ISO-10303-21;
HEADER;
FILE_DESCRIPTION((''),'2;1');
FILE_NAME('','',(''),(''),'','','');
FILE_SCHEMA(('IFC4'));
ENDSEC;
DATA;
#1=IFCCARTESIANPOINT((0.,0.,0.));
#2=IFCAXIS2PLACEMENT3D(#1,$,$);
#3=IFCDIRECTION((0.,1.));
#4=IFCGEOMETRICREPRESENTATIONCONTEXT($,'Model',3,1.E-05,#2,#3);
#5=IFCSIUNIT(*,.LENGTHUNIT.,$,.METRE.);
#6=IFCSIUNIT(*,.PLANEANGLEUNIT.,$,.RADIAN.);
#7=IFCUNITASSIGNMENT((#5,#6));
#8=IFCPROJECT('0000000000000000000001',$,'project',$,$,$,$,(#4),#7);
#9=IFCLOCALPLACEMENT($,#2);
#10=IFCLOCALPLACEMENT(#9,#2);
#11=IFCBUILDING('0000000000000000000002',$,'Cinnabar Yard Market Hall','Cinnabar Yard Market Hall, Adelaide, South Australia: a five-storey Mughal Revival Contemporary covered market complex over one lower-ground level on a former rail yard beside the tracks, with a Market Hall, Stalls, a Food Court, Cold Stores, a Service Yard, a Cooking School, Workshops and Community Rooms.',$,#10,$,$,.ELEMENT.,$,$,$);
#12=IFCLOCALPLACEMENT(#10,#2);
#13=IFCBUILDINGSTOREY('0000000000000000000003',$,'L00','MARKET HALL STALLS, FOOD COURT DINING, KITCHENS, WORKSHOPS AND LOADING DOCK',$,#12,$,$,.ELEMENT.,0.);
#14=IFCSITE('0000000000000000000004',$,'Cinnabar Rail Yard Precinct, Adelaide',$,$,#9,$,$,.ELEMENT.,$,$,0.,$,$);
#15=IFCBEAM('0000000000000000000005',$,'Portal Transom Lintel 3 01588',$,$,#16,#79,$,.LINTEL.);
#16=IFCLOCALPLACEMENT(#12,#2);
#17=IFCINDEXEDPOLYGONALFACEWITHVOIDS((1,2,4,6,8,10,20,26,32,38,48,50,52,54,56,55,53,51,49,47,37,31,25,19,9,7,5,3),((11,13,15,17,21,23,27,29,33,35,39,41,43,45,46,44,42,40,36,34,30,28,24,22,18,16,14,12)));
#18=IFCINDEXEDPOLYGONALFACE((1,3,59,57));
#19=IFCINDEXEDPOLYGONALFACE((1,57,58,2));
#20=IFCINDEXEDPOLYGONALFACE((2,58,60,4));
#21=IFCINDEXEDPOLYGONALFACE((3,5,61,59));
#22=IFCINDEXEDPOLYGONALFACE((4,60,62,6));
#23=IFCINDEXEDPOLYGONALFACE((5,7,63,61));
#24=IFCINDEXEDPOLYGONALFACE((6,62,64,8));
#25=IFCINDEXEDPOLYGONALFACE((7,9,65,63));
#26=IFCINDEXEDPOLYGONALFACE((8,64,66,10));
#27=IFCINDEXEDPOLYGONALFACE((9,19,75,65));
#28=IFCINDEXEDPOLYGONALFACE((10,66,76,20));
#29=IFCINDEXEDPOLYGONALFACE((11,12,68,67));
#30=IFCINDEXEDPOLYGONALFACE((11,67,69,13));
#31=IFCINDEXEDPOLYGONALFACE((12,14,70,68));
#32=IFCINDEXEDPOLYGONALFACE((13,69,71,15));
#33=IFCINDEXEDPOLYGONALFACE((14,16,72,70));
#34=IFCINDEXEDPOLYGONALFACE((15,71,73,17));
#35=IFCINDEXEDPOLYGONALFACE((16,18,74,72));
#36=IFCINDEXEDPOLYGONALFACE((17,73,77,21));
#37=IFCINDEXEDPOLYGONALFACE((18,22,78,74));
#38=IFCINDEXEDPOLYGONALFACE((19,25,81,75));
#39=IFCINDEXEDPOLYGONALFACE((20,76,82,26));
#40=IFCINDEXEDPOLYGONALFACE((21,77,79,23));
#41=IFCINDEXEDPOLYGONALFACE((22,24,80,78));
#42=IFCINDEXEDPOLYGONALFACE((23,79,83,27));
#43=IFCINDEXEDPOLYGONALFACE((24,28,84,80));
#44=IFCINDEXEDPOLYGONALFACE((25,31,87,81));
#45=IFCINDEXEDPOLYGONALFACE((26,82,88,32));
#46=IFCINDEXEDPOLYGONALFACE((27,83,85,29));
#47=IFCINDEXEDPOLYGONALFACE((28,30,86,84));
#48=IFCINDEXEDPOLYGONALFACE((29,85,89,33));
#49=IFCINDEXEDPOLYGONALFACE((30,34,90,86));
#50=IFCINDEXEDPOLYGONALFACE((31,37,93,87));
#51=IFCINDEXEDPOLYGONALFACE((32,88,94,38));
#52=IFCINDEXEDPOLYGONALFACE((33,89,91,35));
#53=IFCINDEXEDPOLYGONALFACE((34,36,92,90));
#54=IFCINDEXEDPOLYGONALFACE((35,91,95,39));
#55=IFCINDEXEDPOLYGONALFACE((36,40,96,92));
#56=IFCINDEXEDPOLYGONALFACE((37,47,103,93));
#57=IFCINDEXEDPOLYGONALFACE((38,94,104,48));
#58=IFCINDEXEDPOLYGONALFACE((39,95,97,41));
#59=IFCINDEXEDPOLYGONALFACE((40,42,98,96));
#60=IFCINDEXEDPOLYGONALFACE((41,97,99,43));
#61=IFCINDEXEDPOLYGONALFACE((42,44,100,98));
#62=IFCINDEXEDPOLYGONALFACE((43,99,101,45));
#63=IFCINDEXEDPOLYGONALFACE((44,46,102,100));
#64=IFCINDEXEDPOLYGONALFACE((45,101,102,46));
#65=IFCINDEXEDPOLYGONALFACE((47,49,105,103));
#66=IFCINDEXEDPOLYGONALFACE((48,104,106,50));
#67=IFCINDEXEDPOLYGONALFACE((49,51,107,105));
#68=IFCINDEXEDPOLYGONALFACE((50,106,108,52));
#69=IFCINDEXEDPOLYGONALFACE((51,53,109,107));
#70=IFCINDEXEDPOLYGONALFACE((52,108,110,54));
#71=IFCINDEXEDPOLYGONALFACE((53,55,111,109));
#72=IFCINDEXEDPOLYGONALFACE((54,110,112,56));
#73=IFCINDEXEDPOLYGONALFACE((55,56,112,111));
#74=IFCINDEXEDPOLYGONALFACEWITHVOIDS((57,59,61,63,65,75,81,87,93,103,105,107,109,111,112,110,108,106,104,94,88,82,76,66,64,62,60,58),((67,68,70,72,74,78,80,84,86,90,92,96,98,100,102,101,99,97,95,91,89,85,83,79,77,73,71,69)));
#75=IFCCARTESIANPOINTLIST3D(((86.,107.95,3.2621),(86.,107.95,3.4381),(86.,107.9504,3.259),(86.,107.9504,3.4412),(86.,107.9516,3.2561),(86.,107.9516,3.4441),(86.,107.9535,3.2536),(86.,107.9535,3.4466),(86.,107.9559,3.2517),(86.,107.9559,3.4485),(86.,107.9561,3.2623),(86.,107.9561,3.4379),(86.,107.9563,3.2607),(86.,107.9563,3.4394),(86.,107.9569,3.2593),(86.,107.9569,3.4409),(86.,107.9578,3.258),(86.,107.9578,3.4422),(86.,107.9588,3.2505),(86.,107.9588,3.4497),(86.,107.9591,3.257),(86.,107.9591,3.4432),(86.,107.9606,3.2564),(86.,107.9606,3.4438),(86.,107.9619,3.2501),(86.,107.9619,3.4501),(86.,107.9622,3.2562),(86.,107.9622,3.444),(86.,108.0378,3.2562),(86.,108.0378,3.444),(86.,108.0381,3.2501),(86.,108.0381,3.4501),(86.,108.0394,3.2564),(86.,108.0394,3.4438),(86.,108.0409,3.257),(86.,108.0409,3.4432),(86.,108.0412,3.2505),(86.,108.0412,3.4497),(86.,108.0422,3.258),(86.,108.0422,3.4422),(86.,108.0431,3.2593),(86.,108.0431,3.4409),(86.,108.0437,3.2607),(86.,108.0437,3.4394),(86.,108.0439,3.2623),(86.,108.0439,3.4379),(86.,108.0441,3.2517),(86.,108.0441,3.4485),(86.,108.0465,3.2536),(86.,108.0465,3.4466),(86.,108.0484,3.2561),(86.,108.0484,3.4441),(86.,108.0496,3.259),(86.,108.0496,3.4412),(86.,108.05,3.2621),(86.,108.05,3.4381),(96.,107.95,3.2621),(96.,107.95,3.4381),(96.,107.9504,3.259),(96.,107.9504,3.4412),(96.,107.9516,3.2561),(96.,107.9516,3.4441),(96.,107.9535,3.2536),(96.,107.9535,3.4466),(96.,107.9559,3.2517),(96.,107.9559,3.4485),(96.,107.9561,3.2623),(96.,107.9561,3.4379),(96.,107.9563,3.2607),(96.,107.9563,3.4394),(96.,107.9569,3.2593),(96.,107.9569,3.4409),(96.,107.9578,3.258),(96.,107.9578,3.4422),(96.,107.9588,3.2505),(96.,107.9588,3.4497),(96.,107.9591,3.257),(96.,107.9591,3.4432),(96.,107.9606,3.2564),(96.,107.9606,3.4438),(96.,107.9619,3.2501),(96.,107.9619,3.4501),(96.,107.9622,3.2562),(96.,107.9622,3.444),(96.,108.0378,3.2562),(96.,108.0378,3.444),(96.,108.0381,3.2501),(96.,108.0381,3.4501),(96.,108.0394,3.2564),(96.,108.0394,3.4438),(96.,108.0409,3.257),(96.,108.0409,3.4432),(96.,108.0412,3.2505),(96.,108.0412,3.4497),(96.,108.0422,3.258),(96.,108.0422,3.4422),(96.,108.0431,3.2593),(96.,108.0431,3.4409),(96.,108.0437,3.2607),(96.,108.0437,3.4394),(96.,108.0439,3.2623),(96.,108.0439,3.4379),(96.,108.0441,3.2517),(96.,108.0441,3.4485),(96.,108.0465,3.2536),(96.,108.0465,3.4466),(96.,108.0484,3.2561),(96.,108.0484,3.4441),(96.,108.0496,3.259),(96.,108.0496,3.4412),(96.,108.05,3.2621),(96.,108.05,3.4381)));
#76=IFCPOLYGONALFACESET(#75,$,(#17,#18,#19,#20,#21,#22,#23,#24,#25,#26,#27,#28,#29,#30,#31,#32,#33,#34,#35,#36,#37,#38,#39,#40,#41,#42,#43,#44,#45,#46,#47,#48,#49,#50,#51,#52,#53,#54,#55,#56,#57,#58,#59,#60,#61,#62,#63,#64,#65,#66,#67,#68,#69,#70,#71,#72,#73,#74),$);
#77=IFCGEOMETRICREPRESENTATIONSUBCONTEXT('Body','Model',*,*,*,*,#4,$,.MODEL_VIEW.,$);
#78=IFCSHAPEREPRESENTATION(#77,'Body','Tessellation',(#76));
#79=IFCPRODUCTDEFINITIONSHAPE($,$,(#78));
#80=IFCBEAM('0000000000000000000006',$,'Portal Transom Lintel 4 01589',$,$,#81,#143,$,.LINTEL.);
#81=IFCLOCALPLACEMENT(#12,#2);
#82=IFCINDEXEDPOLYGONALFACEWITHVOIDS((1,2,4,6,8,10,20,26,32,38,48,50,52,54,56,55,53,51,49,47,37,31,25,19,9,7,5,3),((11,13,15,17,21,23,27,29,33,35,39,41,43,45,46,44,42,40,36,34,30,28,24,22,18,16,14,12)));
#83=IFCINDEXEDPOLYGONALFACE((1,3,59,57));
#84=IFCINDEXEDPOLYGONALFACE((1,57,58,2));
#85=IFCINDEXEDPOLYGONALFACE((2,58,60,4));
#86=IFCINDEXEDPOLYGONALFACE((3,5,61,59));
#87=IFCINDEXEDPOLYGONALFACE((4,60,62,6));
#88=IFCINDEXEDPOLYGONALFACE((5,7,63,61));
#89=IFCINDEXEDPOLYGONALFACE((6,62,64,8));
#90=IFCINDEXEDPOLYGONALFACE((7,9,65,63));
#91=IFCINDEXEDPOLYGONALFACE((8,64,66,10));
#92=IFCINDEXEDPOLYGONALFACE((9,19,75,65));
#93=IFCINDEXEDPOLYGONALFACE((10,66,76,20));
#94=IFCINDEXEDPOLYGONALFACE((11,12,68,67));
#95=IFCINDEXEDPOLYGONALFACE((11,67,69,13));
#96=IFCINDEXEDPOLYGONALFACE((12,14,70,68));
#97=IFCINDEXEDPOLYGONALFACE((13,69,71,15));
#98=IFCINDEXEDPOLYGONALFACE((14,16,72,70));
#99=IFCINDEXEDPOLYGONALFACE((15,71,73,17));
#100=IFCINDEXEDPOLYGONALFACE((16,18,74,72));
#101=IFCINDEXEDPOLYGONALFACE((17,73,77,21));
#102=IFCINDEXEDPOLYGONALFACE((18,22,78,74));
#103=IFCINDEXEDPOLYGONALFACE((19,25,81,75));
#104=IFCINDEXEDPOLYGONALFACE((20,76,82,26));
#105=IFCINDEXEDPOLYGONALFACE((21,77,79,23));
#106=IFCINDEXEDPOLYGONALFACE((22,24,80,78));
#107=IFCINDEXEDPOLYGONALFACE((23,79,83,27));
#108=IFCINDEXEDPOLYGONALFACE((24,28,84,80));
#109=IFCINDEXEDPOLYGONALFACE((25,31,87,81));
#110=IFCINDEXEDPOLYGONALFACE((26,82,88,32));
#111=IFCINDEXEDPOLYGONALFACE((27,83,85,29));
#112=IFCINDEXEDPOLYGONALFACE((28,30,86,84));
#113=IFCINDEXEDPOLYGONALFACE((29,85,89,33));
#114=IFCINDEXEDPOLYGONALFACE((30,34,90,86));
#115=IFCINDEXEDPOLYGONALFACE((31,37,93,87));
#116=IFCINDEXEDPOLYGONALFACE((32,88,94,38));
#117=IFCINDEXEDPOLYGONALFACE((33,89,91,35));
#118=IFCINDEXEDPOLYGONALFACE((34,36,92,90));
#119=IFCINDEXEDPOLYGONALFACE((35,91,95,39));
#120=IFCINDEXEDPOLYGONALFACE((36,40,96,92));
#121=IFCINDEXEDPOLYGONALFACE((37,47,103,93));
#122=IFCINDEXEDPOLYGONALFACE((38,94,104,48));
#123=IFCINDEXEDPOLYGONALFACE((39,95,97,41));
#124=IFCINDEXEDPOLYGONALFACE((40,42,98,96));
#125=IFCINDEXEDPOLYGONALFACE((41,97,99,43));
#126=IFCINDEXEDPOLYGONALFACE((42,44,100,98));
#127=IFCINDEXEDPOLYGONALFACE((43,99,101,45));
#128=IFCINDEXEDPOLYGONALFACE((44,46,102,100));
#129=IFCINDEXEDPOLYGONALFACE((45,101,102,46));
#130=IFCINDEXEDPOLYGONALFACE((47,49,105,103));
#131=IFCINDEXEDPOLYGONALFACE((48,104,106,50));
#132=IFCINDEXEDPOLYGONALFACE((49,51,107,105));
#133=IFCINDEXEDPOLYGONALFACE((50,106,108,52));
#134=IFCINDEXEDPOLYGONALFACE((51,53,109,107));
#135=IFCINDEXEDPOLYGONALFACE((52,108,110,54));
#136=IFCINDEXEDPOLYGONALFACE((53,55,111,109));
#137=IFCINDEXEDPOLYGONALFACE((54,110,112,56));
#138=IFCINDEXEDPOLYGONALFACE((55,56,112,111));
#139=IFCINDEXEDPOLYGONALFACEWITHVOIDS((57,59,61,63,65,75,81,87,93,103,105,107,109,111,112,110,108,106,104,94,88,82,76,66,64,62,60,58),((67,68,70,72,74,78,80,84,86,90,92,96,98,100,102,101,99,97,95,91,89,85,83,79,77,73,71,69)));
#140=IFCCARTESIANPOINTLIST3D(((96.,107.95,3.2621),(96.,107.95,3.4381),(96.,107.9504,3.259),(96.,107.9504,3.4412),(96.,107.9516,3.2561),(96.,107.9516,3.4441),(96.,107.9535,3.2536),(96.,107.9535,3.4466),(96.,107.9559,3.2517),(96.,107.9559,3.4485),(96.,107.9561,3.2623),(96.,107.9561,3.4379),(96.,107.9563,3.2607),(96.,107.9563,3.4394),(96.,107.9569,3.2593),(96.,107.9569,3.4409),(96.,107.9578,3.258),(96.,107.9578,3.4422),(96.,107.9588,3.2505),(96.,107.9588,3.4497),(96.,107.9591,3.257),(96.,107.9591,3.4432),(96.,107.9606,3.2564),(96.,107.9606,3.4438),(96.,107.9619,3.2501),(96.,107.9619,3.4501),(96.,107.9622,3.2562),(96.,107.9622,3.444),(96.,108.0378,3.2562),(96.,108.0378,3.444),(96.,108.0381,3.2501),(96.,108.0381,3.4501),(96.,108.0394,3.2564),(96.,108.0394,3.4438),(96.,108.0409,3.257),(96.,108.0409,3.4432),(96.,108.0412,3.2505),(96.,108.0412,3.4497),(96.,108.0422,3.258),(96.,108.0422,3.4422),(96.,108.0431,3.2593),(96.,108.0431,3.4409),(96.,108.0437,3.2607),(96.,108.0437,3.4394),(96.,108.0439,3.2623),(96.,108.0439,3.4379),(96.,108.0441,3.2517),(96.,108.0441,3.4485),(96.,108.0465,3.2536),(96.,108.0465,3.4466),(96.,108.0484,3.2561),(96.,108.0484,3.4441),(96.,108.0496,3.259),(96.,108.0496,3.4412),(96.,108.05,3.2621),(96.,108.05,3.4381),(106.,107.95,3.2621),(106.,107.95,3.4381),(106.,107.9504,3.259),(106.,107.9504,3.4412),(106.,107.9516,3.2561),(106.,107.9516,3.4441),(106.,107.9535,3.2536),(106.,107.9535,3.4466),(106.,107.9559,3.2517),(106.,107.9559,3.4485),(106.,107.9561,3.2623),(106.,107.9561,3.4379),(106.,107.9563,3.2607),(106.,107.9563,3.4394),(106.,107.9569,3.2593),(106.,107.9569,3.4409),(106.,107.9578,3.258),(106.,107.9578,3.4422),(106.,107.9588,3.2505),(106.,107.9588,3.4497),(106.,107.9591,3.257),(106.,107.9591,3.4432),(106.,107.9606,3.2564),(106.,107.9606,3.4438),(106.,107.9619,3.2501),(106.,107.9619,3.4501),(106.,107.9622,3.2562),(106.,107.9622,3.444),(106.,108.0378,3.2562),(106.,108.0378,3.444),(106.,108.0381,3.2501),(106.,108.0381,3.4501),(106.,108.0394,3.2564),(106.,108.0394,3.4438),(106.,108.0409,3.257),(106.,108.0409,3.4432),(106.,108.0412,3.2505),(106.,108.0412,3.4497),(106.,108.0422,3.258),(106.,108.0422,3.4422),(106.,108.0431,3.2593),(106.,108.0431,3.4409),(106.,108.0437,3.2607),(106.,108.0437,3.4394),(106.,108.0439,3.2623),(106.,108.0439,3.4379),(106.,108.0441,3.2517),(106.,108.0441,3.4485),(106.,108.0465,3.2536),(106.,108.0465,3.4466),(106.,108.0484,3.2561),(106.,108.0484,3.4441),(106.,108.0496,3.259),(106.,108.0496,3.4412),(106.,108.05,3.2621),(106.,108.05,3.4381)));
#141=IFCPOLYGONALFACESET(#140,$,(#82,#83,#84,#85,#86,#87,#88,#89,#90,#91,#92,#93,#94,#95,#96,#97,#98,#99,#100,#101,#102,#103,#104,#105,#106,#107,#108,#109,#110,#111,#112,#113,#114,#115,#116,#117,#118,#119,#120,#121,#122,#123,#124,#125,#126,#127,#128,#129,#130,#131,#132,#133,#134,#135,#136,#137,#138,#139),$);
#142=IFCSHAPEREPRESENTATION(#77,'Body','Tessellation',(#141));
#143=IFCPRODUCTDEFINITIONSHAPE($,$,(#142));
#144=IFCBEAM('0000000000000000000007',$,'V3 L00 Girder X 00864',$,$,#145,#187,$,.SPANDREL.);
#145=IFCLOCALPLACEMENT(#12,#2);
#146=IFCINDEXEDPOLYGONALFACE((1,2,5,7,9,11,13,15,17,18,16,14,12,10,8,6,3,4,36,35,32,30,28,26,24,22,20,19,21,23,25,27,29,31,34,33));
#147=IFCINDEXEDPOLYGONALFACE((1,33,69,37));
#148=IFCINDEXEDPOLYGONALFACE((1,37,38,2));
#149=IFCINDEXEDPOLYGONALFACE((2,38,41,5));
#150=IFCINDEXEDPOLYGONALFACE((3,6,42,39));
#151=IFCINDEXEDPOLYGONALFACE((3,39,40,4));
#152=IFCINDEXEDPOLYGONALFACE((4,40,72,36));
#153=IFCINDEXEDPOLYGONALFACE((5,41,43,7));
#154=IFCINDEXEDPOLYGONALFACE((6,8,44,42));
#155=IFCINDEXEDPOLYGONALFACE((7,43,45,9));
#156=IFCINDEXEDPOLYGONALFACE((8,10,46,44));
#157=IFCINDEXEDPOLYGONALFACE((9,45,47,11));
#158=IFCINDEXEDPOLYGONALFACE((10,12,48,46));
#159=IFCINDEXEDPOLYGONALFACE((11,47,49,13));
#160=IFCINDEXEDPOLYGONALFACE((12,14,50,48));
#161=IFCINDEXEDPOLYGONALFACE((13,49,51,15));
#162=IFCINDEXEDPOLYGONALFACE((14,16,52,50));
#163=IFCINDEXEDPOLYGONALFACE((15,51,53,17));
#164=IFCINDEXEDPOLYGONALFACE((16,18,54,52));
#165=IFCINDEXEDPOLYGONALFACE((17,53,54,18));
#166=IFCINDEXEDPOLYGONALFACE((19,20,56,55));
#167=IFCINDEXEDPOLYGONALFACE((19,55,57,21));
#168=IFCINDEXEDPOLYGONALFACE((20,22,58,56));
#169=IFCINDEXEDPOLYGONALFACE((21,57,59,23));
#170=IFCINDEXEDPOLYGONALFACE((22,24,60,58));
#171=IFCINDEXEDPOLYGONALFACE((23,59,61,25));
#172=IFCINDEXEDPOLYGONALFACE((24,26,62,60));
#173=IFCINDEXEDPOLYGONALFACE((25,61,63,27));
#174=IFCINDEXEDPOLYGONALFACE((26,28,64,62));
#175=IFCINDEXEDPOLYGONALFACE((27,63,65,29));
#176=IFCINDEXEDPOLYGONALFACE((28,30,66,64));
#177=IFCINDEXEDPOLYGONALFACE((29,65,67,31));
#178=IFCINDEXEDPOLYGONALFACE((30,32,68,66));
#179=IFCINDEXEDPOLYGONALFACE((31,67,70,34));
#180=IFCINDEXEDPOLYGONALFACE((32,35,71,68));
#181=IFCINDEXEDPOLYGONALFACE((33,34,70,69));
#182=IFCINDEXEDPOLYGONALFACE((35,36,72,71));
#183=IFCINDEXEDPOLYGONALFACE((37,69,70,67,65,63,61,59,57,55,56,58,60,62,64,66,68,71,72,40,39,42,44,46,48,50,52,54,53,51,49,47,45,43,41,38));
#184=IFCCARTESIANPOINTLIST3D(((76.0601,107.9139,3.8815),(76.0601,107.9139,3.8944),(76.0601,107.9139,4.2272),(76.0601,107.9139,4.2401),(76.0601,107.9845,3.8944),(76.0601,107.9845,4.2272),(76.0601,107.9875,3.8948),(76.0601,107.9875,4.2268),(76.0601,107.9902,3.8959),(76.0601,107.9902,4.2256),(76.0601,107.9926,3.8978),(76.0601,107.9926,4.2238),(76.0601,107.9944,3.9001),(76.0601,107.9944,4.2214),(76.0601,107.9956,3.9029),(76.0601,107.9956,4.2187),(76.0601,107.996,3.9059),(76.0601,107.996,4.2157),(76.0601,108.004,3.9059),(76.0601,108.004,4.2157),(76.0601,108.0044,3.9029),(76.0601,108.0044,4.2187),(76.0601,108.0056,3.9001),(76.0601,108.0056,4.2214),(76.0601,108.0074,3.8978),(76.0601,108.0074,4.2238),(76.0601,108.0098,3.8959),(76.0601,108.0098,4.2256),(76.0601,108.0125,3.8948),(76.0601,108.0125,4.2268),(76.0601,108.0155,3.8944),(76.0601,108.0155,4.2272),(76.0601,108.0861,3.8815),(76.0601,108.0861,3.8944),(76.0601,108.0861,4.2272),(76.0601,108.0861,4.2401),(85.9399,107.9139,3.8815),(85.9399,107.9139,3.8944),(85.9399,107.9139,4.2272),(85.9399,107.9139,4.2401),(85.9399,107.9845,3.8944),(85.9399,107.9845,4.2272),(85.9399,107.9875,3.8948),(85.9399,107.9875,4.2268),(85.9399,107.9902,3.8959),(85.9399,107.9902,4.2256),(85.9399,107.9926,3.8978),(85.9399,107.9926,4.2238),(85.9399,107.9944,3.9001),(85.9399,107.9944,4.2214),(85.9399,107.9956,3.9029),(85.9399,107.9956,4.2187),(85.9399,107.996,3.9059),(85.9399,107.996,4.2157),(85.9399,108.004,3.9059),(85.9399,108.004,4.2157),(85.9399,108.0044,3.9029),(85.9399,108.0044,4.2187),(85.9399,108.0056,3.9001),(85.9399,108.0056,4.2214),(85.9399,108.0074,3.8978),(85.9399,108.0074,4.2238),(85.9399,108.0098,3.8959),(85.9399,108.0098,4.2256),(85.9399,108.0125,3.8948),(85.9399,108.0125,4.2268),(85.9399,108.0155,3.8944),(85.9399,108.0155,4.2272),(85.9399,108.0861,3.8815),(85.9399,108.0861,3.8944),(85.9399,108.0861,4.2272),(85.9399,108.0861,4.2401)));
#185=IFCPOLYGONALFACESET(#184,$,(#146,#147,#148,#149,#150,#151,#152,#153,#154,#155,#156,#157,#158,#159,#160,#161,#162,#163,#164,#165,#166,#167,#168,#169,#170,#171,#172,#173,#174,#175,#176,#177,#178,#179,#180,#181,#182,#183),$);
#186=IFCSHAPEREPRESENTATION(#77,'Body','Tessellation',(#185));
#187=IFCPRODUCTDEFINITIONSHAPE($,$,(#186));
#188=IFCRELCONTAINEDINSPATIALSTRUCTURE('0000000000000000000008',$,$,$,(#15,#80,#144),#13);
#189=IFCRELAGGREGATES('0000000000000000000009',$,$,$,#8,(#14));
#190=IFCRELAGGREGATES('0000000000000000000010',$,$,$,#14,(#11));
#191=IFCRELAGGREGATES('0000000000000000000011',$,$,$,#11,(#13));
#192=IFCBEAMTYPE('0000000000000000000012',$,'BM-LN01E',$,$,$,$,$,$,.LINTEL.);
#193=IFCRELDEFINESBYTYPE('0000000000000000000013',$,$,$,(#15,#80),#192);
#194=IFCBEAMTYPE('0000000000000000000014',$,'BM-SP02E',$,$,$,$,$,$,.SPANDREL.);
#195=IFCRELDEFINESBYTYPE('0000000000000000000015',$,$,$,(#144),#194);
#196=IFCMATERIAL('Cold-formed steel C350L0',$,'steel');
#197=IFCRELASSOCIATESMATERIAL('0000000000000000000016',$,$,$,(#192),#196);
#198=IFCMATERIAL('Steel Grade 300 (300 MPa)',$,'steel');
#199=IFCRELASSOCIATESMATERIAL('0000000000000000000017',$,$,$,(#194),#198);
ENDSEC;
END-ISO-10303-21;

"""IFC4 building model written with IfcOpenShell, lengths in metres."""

from ifc_helpers import new_model, si_unit, direction, frame, origin, origin_2d_with_axis, place, context, subcontext, project, spatial, hollow_rectangle, i_section, extrude, material, material_profile, profile_set, type_object, element, save


model = new_model("IFC4")

# Units and contexts
model_context = context("Model", 3, precision=1e-05, world=origin(), true_north=direction((0.0, 1.0)))
body_context = subcontext(model_context, "Body", "Model", "MODEL_VIEW")
ifc_project = project(units=[si_unit("LENGTHUNIT", "METRE"), si_unit("PLANEANGLEUNIT", "RADIAN")], contexts=[model_context])

# Site, building, storey
site_placement = place(None, origin())
site = spatial("IfcSite", under=ifc_project, at=site_placement, Name="Cinnabar Rail Yard Precinct, Adelaide", CompositionType="ELEMENT", RefElevation=0.0)
building_placement = place(site_placement, origin())
building = spatial("IfcBuilding", under=site, at=building_placement, Name="Cinnabar Yard Market Hall", Description="Cinnabar Yard Market Hall, Adelaide, South Australia: a five-storey Mughal Revival Contemporary covered market complex over one lower-ground level on a former rail yard beside the tracks, with a Market Hall, Stalls, a Food Court, Cold Stores, a Service Yard, a Cooking School, Workshops and Community Rooms.", CompositionType="ELEMENT")
storey_placement = place(building_placement, origin())
storey = spatial("IfcBuildingStorey", under=building, at=storey_placement, Name="L00", Description="MARKET HALL STALLS, FOOD COURT DINING, KITCHENS, WORKSHOPS AND LOADING DOCK", CompositionType="ELEMENT", Elevation=0.0)

# Shared definitions
ifc_material_1 = material(Name="Steel Grade 300 (300 MPa)", Category="steel")

# Beams
ifc_material_2 = material(Name="Cold-formed steel C350L0", Category="steel")
ifc_material_profile_1 = material_profile(ifc_material_2, hollow_rectangle(XDim=0.1001, YDim=0.2, WallThickness=0.0061, InnerFilletRadius=0.0061, OuterFilletRadius=0.012, at=origin_2d_with_axis()), Name="200x100x6.0RHS")
ifc_profile_set_1 = profile_set([ifc_material_profile_1], Name="Cold-formed steel C350L0")
beam_type_1 = type_object("IfcBeamType", Name="BM-LN01E", PredefinedType="LINTEL", material=ifc_profile_set_1)
for number, where, z_axis, x_axis, name in (
    (1, (86.0, 108.0, 3.3501), (1.0, 0.0, 0.0), (0.0, 1.0, 0.0), "Portal Transom Lintel 3 01588"),
    (2, (96.0, 108.0, 3.3501), (1.0, 0.0, 0.0), (0.0, 1.0, 0.0), "Portal Transom Lintel 4 01589"),
):
    element("IfcBeam", number, at=place(storey_placement, frame(where, z_axis=z_axis, x_axis=x_axis)), inside=storey, type_object=beam_type_1, Name=name, PredefinedType="LINTEL", context=body_context, shape_type="SweptSolid", body=[
        extrude(hollow_rectangle(XDim=0.1001, YDim=0.2, WallThickness=0.0061, InnerFilletRadius=0.0061, OuterFilletRadius=0.012, at=origin_2d_with_axis()), origin(), (0.0, 0.0, 1.0), 10.0),
    ])
ifc_material_profile_2 = material_profile(ifc_material_1, i_section(OverallWidth=0.1721, OverallDepth=0.3586, WebThickness=0.0081, FlangeThickness=0.0129, FilletRadius=0.0115, at=origin_2d_with_axis()), Name="360UB56.7")
ifc_profile_set_2 = profile_set([ifc_material_profile_2], Name="Steel Grade 300 (300 MPa)")
beam_type_2 = type_object("IfcBeamType", Name="BM-SP02E", PredefinedType="SPANDREL", material=ifc_profile_set_2)
for number, where, z_axis, x_axis, name in (
    (3, (76.0601, 108.0, 4.0608), (1.0, 0.0, 0.0), (0.0, 1.0, 0.0), "V3 L00 Girder X 00864"),
):
    element("IfcBeam", number, at=place(storey_placement, frame(where, z_axis=z_axis, x_axis=x_axis)), inside=storey, type_object=beam_type_2, Name=name, PredefinedType="SPANDREL", context=body_context, shape_type="SweptSolid", body=[
        extrude(i_section(OverallWidth=0.1721, OverallDepth=0.3586, WebThickness=0.0081, FlangeThickness=0.0129, FilletRadius=0.0115, at=origin_2d_with_axis()), origin(), (0.0, 0.0, 1.0), 9.8799),
    ])

save(model, "model.ifc")
